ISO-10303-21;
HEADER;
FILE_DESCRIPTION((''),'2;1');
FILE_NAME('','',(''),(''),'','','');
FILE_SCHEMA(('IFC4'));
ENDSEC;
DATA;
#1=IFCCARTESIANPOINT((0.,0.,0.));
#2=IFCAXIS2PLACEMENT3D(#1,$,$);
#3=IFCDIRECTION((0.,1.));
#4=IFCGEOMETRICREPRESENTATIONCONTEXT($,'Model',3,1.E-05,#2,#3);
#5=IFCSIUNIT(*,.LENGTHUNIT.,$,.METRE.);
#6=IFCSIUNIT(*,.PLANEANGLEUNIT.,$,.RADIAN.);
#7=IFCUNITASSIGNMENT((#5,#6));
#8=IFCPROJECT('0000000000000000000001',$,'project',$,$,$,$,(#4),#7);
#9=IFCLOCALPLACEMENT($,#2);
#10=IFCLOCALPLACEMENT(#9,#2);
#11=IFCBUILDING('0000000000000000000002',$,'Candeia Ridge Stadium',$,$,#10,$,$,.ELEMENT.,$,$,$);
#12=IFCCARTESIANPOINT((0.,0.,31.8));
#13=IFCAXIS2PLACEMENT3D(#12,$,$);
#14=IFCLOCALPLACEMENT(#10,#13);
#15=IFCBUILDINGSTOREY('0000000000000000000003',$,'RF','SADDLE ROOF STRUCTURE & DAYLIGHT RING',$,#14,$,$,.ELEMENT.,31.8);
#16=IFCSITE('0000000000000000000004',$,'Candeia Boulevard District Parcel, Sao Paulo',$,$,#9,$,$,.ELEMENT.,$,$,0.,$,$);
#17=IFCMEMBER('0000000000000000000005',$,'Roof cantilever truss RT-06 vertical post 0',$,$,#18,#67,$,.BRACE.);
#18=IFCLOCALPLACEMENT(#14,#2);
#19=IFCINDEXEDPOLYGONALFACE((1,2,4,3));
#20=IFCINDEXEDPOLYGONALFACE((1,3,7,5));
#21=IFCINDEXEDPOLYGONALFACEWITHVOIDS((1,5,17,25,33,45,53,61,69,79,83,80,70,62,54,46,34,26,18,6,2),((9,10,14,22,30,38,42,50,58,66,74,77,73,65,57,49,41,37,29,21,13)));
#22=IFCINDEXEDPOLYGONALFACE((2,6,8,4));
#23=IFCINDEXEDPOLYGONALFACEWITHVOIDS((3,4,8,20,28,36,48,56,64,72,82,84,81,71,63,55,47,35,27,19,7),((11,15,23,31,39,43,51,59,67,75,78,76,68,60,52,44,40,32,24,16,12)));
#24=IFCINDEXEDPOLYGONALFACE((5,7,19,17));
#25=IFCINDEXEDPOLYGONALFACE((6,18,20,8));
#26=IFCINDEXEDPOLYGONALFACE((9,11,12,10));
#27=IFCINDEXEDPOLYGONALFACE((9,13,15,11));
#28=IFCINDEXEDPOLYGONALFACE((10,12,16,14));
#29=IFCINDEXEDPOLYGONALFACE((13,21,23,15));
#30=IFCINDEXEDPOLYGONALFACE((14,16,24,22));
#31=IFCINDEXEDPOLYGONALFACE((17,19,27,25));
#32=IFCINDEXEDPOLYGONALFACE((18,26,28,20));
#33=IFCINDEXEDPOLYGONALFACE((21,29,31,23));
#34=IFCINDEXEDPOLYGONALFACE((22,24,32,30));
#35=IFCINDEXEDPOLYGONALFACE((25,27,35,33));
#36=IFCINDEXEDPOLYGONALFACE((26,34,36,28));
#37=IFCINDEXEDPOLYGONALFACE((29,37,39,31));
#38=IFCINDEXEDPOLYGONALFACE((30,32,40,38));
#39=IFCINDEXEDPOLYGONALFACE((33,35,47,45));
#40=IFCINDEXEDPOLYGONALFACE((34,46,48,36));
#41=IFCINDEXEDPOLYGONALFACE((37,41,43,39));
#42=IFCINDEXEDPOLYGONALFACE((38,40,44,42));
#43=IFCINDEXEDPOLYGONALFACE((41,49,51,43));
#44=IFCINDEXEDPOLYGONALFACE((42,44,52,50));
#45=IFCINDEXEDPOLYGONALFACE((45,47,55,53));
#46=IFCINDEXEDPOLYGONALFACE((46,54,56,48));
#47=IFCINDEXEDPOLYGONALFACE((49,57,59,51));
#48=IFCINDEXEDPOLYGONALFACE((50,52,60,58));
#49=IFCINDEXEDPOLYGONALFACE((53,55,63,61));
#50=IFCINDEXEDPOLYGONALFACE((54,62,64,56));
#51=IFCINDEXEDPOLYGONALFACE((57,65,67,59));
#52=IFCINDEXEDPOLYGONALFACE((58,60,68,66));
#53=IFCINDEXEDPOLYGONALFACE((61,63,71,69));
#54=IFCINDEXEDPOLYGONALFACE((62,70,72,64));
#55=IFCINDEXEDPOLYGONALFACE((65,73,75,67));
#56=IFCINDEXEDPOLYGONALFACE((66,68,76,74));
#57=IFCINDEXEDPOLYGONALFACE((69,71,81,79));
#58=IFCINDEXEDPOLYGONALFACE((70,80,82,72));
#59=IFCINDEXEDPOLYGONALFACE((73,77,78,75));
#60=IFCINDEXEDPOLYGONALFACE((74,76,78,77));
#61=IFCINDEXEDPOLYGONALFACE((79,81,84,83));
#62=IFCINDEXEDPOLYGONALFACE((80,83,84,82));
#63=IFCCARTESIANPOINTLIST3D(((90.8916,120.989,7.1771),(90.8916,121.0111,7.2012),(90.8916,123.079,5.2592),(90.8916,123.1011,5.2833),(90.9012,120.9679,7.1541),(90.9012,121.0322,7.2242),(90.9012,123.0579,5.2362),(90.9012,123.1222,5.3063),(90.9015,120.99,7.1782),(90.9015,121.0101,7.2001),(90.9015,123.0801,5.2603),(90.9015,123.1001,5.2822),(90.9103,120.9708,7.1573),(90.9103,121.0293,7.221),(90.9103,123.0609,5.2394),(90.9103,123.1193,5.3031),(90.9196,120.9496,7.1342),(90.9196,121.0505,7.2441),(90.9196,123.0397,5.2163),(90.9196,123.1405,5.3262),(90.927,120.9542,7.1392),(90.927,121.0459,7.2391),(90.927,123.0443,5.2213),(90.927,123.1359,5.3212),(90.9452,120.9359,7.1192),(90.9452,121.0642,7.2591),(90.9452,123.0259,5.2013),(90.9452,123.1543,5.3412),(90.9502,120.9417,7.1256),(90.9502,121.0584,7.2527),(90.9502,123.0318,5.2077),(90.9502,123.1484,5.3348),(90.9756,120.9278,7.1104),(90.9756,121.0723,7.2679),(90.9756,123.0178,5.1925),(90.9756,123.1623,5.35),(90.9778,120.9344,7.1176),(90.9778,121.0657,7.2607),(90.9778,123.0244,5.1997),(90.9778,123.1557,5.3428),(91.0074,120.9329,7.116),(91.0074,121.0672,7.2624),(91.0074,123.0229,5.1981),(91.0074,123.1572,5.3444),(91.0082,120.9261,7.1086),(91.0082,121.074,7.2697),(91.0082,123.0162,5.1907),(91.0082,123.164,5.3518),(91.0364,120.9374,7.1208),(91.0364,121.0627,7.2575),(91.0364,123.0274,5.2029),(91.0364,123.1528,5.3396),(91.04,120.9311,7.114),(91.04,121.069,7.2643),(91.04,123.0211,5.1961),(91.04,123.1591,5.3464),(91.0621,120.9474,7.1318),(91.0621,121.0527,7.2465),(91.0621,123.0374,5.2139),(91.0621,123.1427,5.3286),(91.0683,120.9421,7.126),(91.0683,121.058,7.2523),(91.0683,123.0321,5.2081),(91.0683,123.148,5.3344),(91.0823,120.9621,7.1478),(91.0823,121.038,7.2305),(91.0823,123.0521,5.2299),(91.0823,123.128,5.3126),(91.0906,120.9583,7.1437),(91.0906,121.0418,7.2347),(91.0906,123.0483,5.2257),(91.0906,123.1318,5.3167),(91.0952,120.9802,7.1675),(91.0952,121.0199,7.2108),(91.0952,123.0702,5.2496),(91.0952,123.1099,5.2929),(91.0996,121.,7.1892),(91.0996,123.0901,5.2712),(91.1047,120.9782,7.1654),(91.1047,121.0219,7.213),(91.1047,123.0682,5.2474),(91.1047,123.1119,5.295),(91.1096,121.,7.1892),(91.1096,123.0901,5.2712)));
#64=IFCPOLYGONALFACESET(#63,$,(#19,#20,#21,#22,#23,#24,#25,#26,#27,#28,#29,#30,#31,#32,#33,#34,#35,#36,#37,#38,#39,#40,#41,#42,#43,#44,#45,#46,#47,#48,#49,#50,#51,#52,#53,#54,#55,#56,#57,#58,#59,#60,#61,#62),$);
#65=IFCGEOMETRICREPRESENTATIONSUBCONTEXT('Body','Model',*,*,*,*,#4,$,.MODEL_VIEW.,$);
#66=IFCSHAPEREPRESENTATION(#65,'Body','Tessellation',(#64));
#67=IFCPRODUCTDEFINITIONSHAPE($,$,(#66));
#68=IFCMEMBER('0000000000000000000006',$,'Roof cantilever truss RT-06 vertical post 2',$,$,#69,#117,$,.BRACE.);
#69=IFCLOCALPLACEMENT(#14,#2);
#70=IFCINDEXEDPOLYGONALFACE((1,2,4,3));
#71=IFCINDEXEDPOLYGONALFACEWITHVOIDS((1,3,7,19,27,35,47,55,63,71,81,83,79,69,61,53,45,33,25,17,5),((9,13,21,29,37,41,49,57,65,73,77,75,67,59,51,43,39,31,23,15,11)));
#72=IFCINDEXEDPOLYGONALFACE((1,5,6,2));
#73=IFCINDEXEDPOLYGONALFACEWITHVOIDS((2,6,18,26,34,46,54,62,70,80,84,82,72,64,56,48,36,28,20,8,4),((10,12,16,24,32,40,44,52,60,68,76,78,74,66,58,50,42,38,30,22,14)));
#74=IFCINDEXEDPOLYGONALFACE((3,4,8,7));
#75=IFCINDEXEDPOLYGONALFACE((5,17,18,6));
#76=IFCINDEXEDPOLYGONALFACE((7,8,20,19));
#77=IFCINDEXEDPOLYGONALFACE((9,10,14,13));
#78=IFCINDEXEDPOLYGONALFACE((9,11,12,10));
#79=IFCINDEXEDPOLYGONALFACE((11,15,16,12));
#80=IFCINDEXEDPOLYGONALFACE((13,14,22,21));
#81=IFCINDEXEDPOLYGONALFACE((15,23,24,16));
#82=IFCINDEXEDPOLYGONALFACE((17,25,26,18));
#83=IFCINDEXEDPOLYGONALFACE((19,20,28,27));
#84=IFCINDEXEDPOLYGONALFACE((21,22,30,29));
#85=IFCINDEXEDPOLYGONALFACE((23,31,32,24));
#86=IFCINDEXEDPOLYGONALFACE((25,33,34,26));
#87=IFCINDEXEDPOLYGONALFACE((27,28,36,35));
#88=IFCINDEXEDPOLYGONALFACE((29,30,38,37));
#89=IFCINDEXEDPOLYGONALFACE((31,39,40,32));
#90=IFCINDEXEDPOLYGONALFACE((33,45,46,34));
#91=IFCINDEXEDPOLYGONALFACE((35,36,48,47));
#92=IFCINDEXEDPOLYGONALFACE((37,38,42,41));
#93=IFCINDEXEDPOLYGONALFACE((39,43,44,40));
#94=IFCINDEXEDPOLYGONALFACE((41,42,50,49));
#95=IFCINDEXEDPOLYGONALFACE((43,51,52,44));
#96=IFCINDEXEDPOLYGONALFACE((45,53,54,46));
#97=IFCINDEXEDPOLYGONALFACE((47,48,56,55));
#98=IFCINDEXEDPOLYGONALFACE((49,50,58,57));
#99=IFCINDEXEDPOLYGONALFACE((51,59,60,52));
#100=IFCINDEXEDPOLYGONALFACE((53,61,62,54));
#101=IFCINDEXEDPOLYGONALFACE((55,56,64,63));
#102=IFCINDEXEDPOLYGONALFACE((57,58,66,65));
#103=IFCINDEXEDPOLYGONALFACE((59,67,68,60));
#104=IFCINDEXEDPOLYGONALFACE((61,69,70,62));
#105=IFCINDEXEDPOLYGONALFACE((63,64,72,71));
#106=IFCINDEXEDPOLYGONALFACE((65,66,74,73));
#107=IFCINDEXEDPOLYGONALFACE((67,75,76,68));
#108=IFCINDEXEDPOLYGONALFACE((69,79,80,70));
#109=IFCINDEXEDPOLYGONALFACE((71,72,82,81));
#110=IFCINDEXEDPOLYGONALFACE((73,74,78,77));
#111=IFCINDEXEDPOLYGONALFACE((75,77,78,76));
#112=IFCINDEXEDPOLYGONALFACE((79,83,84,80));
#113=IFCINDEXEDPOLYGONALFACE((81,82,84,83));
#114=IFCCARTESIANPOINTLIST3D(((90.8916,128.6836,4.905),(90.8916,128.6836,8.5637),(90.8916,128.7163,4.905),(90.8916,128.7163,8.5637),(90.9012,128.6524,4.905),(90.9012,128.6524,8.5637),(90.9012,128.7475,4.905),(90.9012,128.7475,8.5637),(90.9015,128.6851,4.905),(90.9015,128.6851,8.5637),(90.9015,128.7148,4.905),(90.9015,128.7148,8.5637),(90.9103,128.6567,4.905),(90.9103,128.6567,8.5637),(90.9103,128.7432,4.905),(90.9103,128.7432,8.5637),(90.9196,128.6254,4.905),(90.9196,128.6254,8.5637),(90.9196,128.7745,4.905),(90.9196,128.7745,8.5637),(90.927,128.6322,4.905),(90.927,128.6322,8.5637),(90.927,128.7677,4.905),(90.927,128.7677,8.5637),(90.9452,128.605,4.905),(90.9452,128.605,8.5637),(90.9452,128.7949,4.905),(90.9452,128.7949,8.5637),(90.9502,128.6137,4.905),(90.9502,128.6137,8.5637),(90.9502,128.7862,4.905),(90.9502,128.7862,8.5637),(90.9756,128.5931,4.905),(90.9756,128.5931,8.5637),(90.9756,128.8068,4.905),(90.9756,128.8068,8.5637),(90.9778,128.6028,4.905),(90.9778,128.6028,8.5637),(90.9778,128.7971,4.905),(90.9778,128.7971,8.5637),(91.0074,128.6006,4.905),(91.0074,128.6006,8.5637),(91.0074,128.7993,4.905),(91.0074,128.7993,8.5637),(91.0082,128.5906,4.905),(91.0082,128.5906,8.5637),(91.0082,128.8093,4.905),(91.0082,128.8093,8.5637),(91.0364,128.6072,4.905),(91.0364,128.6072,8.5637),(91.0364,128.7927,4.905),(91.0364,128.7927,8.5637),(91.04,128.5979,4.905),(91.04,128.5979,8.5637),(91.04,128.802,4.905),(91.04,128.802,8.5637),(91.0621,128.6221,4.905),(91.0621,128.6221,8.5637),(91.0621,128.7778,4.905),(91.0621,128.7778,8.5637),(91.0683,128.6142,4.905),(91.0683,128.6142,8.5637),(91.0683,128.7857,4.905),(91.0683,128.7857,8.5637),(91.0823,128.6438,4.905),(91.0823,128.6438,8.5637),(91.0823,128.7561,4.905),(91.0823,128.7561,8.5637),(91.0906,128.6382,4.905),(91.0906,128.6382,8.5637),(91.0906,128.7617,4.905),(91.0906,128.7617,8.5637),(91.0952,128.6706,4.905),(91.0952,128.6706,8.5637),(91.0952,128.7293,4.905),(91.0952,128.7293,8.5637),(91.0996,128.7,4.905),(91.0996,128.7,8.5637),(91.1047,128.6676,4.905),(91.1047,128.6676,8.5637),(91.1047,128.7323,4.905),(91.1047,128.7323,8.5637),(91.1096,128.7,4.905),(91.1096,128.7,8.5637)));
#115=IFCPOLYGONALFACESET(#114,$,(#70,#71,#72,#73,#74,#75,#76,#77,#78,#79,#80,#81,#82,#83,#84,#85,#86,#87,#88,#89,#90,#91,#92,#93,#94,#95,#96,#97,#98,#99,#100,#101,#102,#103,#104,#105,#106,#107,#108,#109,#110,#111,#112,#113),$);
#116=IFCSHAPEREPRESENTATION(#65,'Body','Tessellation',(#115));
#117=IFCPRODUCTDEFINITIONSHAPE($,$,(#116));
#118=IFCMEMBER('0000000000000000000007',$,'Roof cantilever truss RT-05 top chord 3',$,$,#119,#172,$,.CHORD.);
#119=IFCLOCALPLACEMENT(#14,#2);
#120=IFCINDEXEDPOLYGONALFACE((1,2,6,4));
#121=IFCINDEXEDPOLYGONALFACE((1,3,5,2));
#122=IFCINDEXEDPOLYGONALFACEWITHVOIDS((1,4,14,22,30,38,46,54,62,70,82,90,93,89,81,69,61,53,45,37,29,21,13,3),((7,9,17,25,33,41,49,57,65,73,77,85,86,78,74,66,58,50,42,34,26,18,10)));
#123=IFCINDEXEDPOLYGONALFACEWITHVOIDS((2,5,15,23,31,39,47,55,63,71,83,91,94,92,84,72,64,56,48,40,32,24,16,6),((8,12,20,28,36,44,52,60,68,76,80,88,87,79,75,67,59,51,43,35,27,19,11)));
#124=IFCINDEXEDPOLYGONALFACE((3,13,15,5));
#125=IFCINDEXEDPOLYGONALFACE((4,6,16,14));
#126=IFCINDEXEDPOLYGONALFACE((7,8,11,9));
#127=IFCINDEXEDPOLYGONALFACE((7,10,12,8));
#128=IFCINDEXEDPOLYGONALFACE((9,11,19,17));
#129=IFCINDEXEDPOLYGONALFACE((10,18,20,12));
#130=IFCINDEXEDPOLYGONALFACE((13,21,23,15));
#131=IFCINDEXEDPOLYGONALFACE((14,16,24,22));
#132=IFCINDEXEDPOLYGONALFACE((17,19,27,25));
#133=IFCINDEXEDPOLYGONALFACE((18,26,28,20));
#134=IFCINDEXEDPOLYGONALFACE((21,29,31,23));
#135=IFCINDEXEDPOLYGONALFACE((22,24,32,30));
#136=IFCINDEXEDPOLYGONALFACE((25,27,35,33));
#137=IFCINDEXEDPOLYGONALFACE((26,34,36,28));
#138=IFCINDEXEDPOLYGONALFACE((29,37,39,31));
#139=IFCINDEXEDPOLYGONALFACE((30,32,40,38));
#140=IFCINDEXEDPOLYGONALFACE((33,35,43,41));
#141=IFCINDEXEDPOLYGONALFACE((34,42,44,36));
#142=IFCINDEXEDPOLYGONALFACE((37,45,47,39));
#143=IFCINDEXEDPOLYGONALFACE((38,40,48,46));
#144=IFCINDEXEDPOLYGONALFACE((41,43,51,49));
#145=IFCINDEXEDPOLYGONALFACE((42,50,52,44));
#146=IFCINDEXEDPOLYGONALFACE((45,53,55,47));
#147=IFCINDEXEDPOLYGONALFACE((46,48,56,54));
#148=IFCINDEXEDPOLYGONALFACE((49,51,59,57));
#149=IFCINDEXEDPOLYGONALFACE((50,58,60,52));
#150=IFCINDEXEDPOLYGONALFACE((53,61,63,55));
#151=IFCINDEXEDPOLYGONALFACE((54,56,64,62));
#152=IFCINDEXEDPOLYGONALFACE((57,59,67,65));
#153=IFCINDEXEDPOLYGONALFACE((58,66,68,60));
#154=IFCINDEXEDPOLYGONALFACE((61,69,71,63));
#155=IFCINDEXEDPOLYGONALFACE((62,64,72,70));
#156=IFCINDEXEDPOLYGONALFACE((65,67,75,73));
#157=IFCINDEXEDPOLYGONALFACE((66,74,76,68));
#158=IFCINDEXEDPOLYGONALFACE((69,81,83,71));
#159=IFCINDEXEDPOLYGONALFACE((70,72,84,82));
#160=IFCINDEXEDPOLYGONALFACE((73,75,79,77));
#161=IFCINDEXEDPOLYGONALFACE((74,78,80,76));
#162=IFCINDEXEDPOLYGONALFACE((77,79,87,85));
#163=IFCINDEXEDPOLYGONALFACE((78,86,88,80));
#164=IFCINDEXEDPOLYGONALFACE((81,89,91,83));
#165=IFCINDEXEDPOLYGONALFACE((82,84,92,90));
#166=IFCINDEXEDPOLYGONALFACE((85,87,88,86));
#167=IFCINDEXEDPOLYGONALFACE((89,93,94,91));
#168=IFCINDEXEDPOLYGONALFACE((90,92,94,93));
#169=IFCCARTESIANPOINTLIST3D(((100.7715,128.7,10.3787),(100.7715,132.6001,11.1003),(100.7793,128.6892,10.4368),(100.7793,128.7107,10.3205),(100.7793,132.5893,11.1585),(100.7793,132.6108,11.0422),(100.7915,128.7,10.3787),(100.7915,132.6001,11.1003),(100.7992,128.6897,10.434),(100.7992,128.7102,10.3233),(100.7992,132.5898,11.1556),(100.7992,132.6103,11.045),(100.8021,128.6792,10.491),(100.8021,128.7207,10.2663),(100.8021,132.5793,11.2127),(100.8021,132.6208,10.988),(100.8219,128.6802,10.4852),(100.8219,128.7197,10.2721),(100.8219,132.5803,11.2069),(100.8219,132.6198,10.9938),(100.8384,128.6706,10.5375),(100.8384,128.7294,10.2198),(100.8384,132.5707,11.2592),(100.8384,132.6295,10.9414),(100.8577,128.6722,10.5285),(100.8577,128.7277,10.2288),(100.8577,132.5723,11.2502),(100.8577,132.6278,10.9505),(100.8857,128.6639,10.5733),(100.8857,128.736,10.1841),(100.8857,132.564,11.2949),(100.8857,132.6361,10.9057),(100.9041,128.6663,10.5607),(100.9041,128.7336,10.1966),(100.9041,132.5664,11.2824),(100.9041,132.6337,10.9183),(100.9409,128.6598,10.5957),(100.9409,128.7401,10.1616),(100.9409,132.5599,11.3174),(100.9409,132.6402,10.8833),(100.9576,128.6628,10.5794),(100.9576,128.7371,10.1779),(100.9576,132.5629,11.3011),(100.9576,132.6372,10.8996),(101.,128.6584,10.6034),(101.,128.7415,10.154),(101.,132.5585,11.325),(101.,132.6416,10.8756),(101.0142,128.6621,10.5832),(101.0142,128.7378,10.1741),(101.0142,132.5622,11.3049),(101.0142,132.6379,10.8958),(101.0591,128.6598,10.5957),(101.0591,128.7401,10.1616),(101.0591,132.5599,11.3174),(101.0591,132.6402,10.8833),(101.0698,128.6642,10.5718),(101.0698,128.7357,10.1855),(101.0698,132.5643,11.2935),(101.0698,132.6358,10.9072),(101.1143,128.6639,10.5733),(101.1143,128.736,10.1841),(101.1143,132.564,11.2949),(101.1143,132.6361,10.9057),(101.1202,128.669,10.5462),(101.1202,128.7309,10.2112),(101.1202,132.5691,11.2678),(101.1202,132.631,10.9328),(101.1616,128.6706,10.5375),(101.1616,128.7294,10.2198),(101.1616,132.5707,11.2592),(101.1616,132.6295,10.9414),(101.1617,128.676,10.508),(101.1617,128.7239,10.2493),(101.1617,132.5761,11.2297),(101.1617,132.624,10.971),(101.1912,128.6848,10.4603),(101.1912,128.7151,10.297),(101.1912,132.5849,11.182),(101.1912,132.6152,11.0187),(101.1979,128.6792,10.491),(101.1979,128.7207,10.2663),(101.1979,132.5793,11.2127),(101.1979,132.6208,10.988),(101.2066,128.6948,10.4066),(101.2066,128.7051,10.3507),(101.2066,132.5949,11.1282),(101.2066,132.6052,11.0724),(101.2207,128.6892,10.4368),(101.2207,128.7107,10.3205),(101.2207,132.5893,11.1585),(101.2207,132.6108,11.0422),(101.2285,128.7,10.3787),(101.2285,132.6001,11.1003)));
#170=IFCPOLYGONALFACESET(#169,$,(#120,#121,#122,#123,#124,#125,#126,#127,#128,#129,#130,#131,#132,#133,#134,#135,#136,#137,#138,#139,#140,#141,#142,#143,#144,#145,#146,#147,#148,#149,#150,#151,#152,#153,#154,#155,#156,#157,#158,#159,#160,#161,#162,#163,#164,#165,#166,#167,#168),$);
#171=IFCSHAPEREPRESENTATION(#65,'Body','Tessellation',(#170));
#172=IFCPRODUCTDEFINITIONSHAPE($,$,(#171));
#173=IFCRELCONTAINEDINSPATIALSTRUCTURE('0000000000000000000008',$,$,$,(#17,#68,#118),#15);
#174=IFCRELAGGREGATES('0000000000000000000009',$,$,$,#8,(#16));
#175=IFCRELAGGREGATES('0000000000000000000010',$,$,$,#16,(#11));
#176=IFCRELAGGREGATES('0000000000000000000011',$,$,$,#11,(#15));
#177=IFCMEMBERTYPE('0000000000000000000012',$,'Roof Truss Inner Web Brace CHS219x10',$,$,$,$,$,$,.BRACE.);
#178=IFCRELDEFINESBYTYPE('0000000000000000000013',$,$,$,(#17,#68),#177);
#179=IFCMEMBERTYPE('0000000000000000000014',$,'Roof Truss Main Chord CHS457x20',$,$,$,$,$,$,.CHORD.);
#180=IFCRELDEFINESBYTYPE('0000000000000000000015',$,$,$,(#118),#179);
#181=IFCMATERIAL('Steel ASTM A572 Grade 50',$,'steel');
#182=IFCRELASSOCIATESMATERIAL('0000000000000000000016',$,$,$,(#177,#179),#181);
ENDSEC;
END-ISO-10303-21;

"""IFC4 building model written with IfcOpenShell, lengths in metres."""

from ifc_helpers import new_model, si_unit, direction, frame, origin, origin_2d, place, context, subcontext, project, spatial, hollow_circle, extrude, material, material_profile, profile_set, type_object, element, save


model = new_model("IFC4")

# Units and contexts
model_context = context("Model", 3, precision=1e-05, world=origin(), true_north=direction((0.0, 1.0)))
body_context = subcontext(model_context, "Body", "Model", "MODEL_VIEW")
ifc_project = project(units=[si_unit("LENGTHUNIT", "METRE"), si_unit("PLANEANGLEUNIT", "RADIAN")], contexts=[model_context])

# Site, building, storey
site_placement = place(None, origin())
site = spatial("IfcSite", under=ifc_project, at=site_placement, Name="Candeia Boulevard District Parcel, Sao Paulo", CompositionType="ELEMENT", RefElevation=0.0)
building_placement = place(site_placement, origin())
building = spatial("IfcBuilding", under=site, at=building_placement, Name="Candeia Ridge Stadium", CompositionType="ELEMENT")
storey_placement = place(building_placement, frame((0.0, 0.0, 31.8)))
storey = spatial("IfcBuildingStorey", under=building, at=storey_placement, Name="RF", Description="SADDLE ROOF STRUCTURE & DAYLIGHT RING", CompositionType="ELEMENT", Elevation=31.8)

# Shared definitions
ifc_material_1 = material(Name="Steel ASTM A572 Grade 50", Category="steel")

# Members
ifc_material_profile_1 = material_profile(ifc_material_1, hollow_circle(Radius=0.1096, WallThickness=0.01, at=origin_2d()), Name="CHS219x10", Category="steel")
ifc_profile_set_1 = profile_set([ifc_material_profile_1], Name="Steel ASTM A572 Grade 50")
member_type_1 = type_object("IfcMemberType", Name="Roof Truss Inner Web Brace CHS219x10", PredefinedType="BRACE", material=ifc_profile_set_1)
member_1_placement = place(storey_placement, frame((91.0, 123.0901, 5.2712), z_axis=(0.0, -0.736793, 0.676118), x_axis=(1.0, 0.0, 0.0)))
element("IfcMember", 1, at=member_1_placement, inside=storey, type_object=member_type_1, Name="Roof cantilever truss RT-06 vertical post 0", PredefinedType="BRACE", context=body_context, shape_type="SweptSolid", body=[
    extrude(hollow_circle(Radius=0.1096, WallThickness=0.01, at=origin_2d()), origin(), (0.0, 0.0, 1.0), 2.8367),
])
member_2_placement = place(storey_placement, frame((91.0, 128.7, 4.905), z_axis=(0.0, 0.0, 1.0), x_axis=(1.0, 0.0, 0.0)))
element("IfcMember", 2, at=member_2_placement, inside=storey, type_object=member_type_1, Name="Roof cantilever truss RT-06 vertical post 2", PredefinedType="BRACE", context=body_context, shape_type="SweptSolid", body=[
    extrude(hollow_circle(Radius=0.1096, WallThickness=0.01, at=origin_2d()), origin(), (0.0, 0.0, 1.0), 3.6587),
])
ifc_material_profile_2 = material_profile(ifc_material_1, hollow_circle(Radius=0.2285, WallThickness=0.02, at=origin_2d()), Name="CHS457x20", Category="steel")
ifc_profile_set_2 = profile_set([ifc_material_profile_2], Name="Steel ASTM A572 Grade 50")
member_type_2 = type_object("IfcMemberType", Name="Roof Truss Main Chord CHS457x20", PredefinedType="CHORD", material=ifc_profile_set_2)
for number, where, z_axis, x_axis, name in (
    (3, (101.0, 128.7, 10.3787), (0.0, 0.983308, 0.18195), (-1.0, 0.0, 0.0), "Roof cantilever truss RT-05 top chord 3"),
):
    element("IfcMember", number, at=place(storey_placement, frame(where, z_axis=z_axis, x_axis=x_axis)), inside=storey, type_object=member_type_2, Name=name, PredefinedType="CHORD", context=body_context, shape_type="SweptSolid", body=[
        extrude(hollow_circle(Radius=0.2285, WallThickness=0.02, at=origin_2d()), origin(), (0.0, 0.0, 1.0), 3.9663),
    ])

save(model, "model.ifc")
